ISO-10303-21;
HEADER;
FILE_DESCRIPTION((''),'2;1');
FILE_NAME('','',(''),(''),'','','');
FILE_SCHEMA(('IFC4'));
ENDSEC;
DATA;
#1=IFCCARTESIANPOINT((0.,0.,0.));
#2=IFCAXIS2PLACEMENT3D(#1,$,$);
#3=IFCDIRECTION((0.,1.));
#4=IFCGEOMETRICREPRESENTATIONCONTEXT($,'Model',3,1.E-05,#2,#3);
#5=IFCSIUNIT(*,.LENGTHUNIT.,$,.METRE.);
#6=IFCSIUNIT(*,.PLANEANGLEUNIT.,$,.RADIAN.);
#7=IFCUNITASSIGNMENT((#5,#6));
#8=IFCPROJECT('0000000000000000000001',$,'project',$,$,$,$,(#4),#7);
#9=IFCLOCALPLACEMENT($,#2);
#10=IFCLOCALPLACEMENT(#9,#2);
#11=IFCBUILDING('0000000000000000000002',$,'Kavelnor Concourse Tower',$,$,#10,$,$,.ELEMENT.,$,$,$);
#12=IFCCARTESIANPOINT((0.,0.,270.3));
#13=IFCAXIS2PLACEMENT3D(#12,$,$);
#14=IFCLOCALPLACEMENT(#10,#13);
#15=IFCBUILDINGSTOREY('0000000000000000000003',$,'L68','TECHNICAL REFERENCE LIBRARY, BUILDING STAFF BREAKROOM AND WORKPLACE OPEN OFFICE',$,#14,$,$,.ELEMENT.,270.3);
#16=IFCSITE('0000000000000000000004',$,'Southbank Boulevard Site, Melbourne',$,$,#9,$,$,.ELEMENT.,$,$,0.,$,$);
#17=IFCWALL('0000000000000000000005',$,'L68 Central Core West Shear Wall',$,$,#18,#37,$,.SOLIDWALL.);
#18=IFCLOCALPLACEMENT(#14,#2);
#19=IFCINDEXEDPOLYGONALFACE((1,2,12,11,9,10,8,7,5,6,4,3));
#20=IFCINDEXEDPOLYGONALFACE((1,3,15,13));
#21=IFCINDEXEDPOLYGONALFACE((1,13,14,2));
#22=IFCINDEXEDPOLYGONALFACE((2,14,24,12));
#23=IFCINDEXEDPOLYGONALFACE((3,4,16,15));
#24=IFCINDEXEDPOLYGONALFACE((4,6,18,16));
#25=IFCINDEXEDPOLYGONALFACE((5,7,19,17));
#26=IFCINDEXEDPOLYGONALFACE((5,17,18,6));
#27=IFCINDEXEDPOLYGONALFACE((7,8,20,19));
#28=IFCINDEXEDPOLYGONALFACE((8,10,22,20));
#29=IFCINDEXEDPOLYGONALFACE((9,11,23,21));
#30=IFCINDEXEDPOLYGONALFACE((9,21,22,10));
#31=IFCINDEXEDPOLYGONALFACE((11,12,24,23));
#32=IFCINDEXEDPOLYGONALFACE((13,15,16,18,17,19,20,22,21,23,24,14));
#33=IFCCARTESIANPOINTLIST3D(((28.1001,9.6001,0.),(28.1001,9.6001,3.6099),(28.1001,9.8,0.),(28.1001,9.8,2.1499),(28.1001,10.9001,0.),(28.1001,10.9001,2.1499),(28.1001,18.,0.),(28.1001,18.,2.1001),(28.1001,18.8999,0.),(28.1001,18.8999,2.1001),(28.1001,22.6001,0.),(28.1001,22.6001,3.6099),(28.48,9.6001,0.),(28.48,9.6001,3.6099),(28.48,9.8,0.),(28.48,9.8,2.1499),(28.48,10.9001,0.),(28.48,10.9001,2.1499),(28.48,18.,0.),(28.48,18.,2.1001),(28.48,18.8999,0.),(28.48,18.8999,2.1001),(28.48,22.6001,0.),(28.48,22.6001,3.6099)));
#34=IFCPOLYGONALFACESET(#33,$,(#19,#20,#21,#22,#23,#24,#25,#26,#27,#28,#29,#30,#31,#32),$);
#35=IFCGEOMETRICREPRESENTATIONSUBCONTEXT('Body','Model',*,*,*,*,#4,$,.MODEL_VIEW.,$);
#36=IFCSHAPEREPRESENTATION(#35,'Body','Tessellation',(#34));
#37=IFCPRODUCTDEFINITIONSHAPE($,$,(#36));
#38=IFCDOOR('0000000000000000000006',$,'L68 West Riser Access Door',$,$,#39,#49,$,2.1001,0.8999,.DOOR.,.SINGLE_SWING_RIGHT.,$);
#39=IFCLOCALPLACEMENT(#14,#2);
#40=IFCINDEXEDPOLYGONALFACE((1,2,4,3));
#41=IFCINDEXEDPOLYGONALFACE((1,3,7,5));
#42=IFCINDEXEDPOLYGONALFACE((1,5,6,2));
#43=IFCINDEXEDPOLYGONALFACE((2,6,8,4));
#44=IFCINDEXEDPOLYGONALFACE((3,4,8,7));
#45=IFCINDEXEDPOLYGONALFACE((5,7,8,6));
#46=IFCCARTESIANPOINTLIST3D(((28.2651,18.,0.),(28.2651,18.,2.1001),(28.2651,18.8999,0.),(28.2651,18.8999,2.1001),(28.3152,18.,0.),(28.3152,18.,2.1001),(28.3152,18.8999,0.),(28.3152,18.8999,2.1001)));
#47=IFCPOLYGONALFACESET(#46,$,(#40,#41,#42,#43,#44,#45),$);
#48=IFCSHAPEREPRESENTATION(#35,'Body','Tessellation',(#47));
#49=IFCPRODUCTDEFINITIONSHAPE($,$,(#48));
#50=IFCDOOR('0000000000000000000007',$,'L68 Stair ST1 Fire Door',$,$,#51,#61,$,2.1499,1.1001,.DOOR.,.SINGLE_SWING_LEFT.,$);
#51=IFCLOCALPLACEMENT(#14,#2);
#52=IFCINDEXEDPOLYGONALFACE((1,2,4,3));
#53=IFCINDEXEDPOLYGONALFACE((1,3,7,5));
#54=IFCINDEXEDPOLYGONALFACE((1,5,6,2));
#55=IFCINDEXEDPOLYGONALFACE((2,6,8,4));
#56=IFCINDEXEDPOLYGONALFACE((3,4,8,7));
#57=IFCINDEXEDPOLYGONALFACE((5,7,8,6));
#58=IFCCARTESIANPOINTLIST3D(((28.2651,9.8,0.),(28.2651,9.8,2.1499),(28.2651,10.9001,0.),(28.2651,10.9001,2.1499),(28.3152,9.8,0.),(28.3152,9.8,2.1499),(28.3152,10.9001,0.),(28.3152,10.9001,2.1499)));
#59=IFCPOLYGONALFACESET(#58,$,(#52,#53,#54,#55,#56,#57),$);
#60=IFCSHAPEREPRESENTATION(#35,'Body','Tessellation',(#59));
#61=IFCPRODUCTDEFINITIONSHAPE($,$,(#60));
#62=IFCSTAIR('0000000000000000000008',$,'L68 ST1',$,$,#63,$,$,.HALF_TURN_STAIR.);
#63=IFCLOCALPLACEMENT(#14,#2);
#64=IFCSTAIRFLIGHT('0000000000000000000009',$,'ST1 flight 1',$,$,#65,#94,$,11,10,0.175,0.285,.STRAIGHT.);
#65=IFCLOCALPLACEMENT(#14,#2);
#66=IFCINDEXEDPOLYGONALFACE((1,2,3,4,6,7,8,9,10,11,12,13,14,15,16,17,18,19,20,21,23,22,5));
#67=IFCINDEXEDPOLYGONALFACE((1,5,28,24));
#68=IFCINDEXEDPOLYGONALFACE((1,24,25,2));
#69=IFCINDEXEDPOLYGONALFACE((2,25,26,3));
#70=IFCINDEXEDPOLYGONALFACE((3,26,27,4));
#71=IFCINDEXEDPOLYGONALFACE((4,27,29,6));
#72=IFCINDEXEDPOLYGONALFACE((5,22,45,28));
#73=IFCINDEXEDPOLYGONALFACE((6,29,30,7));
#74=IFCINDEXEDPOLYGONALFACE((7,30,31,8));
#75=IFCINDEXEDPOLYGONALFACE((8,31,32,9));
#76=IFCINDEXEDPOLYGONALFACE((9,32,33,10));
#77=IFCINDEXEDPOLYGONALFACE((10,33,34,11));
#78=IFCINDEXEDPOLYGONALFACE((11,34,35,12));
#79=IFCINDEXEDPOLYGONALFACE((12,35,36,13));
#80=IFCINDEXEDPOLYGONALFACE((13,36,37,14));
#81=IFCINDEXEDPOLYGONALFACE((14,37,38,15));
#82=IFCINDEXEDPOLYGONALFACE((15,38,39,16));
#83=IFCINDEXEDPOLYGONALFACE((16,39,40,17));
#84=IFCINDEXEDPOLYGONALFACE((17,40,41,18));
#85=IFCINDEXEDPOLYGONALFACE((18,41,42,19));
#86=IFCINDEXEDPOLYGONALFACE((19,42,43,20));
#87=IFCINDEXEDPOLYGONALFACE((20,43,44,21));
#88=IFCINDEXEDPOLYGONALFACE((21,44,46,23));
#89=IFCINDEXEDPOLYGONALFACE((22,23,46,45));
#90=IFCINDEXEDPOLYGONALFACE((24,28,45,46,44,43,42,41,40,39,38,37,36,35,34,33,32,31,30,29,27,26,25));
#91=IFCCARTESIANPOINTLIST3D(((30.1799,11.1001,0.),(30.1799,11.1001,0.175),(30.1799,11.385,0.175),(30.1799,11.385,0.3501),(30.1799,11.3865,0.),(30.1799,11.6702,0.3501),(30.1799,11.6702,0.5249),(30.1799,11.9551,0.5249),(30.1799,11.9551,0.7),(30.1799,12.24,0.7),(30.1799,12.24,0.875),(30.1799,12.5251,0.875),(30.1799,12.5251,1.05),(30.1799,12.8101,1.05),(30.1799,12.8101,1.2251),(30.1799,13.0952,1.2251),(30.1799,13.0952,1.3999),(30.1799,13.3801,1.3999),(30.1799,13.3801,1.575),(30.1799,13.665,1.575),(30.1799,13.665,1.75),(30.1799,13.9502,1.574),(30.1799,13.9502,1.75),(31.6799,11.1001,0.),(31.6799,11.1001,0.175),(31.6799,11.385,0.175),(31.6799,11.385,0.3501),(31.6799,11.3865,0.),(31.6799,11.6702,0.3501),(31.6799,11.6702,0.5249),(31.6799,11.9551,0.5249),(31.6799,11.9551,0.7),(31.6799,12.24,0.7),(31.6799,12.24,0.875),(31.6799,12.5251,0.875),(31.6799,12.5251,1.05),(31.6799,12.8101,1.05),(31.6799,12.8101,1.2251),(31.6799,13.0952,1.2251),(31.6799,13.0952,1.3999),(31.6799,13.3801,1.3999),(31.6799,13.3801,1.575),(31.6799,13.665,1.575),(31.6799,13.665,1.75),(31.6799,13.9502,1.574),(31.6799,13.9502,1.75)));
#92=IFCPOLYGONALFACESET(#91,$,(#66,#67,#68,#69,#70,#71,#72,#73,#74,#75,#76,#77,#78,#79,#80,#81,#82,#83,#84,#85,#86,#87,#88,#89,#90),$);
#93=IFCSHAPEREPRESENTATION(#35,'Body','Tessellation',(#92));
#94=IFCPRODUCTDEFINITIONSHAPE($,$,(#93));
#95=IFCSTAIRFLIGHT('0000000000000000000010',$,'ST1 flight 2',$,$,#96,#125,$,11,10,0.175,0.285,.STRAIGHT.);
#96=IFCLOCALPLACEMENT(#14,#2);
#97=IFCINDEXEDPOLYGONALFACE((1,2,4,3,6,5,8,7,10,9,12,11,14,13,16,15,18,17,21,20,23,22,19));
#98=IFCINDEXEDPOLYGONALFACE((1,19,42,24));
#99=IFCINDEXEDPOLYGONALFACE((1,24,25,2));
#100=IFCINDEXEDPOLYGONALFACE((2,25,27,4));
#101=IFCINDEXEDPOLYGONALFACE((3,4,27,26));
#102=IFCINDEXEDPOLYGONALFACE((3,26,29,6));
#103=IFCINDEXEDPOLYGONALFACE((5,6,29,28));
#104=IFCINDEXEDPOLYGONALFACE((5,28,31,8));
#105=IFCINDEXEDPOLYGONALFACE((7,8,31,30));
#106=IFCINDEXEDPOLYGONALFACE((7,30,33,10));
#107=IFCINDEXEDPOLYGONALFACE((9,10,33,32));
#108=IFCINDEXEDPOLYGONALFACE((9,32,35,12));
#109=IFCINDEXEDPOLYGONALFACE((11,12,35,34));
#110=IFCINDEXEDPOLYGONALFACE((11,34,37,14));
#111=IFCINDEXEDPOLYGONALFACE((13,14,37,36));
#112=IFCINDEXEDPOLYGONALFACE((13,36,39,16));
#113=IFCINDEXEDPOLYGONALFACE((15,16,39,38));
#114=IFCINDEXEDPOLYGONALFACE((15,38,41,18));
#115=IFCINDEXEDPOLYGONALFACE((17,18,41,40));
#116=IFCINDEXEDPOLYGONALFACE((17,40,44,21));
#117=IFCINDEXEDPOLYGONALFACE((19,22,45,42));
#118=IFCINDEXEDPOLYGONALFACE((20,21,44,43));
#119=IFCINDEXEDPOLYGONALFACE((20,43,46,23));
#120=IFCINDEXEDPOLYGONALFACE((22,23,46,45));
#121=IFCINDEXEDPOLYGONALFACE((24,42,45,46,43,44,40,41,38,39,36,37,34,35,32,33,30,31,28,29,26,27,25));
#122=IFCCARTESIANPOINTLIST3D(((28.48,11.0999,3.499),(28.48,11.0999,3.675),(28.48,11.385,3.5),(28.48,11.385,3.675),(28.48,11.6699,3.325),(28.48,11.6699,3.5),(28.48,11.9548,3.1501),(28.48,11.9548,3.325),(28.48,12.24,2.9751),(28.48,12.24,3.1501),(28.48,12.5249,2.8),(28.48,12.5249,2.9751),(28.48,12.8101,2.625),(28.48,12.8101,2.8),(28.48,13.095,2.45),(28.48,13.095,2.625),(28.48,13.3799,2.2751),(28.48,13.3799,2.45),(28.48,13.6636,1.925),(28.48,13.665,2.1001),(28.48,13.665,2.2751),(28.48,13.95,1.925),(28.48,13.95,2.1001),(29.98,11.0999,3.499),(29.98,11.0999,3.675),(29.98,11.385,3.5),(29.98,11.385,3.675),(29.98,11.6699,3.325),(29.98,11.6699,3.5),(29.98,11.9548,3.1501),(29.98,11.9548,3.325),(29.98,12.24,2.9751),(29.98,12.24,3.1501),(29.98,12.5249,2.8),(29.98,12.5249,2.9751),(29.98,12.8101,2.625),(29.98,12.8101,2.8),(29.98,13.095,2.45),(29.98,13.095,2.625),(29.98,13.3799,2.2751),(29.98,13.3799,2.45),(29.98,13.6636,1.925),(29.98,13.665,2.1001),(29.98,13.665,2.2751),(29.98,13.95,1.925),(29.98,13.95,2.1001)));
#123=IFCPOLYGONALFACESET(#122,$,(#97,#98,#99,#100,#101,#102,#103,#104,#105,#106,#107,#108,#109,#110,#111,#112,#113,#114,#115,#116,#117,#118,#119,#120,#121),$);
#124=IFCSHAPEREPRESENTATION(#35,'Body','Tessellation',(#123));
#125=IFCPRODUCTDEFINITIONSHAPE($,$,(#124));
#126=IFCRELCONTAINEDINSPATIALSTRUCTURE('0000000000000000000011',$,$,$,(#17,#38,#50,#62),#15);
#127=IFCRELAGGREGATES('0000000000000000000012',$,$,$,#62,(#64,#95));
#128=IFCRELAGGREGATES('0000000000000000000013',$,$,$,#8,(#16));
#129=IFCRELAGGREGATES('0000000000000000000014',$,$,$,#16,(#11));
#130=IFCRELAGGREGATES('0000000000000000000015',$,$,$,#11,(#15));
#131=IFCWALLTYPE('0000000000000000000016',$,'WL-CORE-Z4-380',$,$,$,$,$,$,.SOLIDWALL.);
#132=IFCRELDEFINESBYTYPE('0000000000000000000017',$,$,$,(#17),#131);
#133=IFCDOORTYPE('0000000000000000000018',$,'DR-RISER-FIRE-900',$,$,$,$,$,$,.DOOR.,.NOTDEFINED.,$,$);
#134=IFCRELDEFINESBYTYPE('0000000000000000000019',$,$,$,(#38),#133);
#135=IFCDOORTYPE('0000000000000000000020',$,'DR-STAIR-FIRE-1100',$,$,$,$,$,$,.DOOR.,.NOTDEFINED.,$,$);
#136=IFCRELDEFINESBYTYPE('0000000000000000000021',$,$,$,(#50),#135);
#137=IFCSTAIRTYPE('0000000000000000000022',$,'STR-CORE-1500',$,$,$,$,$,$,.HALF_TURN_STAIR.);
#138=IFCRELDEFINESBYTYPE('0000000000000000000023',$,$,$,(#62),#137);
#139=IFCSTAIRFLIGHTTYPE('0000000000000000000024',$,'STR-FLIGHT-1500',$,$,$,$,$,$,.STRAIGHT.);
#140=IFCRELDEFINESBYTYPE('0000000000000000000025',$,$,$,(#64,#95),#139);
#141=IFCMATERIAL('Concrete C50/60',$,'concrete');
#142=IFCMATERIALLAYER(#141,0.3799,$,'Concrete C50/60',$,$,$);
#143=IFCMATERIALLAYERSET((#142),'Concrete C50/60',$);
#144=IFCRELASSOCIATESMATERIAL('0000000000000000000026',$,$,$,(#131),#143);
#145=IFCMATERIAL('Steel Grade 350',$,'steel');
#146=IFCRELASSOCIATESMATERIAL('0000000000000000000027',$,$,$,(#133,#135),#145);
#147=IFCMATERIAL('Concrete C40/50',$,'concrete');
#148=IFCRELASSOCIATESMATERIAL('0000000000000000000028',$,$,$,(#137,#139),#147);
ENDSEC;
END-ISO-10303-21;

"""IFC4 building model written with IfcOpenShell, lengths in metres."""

from ifc_helpers import new_model, si_unit, direction, frame, frame_2d, origin, place, context, subcontext, project, spatial, polyline, rectangle, outline, extrude, material, layer, layer_set, type_object, element, fill, aggregate, save


model = new_model("IFC4")

# Units and contexts
model_context = context("Model", 3, precision=1e-05, world=origin(), true_north=direction((0.0, 1.0)))
body_context = subcontext(model_context, "Body", "Model", "MODEL_VIEW")
ifc_project = project(units=[si_unit("LENGTHUNIT", "METRE"), si_unit("PLANEANGLEUNIT", "RADIAN")], contexts=[model_context])

# Site, building, storey
site_placement = place(None, origin())
site = spatial("IfcSite", under=ifc_project, at=site_placement, Name="Southbank Boulevard Site, Melbourne", CompositionType="ELEMENT", RefElevation=0.0)
building_placement = place(site_placement, origin())
building = spatial("IfcBuilding", under=site, at=building_placement, Name="Kavelnor Concourse Tower", CompositionType="ELEMENT")
storey_placement = place(building_placement, frame((0.0, 0.0, 270.3)))
storey = spatial("IfcBuildingStorey", under=building, at=storey_placement, Name="L68", Description="TECHNICAL REFERENCE LIBRARY, BUILDING STAFF BREAKROOM AND WORKPLACE OPEN OFFICE", CompositionType="ELEMENT", Elevation=270.3)

# Shared definitions
ifc_material_1 = material(Name="Steel Grade 350", Category="steel")

# Shared definitions
ifc_material_2 = material(Name="Concrete C50/60", Category="concrete")
ifc_layer = layer(ifc_material_2, 0.3799, Name="Concrete C50/60")
ifc_layer_set = layer_set([ifc_layer], Name="Concrete C50/60")
wall_type = type_object("IfcWallType", Name="WL-CORE-Z4-380", PredefinedType="SOLIDWALL", material=ifc_layer_set)

# Wall, openings, doors
wall_1_placement = place(storey_placement, frame((28.29, 9.6001, 0.0), z_axis=(0.0, 0.0, 1.0), x_axis=(0.0, 1.0, 0.0)))
wall_1 = element("IfcWall", 1, at=wall_1_placement, inside=storey, type_object=wall_type, Name="L68 Central Core West Shear Wall", PredefinedType="SOLIDWALL", context=body_context, shape_type="SweptSolid", body=[
    extrude(rectangle(XDim=13.0, YDim=0.3799, at=frame_2d((6.5, 0.0))), origin(), (0.0, 0.0, 1.0), 3.6099),
])
opening_1_placement = place(wall_1_placement, frame((0.2, 0.0, 0.0)))
opening_1 = element("IfcOpeningElement", 2, at=opening_1_placement, cuts=wall_1, PredefinedType="OPENING", context=body_context, shape_type="SweptSolid", body=[
    extrude(rectangle(XDim=1.1001, YDim=2.1499, at=frame_2d((0.55, 1.075))), frame((0.0, 0.2, 0.0), z_axis=(0.0, -1.0, 0.0), x_axis=(1.0, 0.0, 0.0)), (0.0, 0.0, 1.0), 0.3999),
])
opening_2_placement = place(wall_1_placement, frame((8.3999, 0.0, 0.0)))
opening_2 = element("IfcOpeningElement", 3, at=opening_2_placement, cuts=wall_1, PredefinedType="OPENING", context=body_context, shape_type="SweptSolid", body=[
    extrude(rectangle(XDim=0.8999, YDim=2.1001, at=frame_2d((0.45, 1.05))), frame((0.0, 0.2, 0.0), z_axis=(0.0, -1.0, 0.0), x_axis=(1.0, 0.0, 0.0)), (0.0, 0.0, 1.0), 0.3999),
])
door_type_1 = type_object("IfcDoorType", Name="DR-RISER-FIRE-900", OperationType="NOTDEFINED", PredefinedType="DOOR", material=ifc_material_1)
door_1_placement = place(opening_2_placement, origin())
door_1 = element("IfcDoor", 4, at=door_1_placement, inside=storey, type_object=door_type_1, Name="L68 West Riser Access Door", OperationType="SINGLE_SWING_RIGHT", OverallHeight=2.1001, OverallWidth=0.8999, PredefinedType="DOOR", context=body_context, shape_type="SweptSolid", body=[
    extrude(rectangle(XDim=0.8999, YDim=2.1001, at=frame_2d((0.45, 1.05))), frame((0.0, 0.0249, 0.0), z_axis=(0.0, -1.0, 0.0), x_axis=(1.0, 0.0, 0.0)), (0.0, 0.0, 1.0), 0.05),
])
fill(opening_2, door_1)
door_type_2 = type_object("IfcDoorType", Name="DR-STAIR-FIRE-1100", OperationType="NOTDEFINED", PredefinedType="DOOR", material=ifc_material_1)
door_2_placement = place(opening_1_placement, origin())
door_2 = element("IfcDoor", 5, at=door_2_placement, inside=storey, type_object=door_type_2, Name="L68 Stair ST1 Fire Door", OperationType="SINGLE_SWING_LEFT", OverallHeight=2.1499, OverallWidth=1.1001, PredefinedType="DOOR", context=body_context, shape_type="SweptSolid", body=[
    extrude(rectangle(XDim=1.1001, YDim=2.1499, at=frame_2d((0.55, 1.075))), frame((0.0, 0.0249, 0.0), z_axis=(0.0, -1.0, 0.0), x_axis=(1.0, 0.0, 0.0)), (0.0, 0.0, 1.0), 0.05),
])
fill(opening_1, door_2)

# Stair, stair flights
ifc_material_3 = material(Name="Concrete C40/50", Category="concrete")
stair_type = type_object("IfcStairType", Name="STR-CORE-1500", PredefinedType="HALF_TURN_STAIR", material=ifc_material_3)
stair_placement = place(storey_placement, origin())
stair = element("IfcStair", 6, at=stair_placement, inside=storey, type_object=stair_type, Name="L68 ST1", PredefinedType="HALF_TURN_STAIR")
stair_flight_type = type_object("IfcStairFlightType", Name="STR-FLIGHT-1500", PredefinedType="STRAIGHT", material=ifc_material_3)
stair_flight_1_placement = place(storey_placement, frame((30.9299, 11.1001, 0.0), z_axis=(0.0, 0.0, 1.0), x_axis=(0.0, 1.0, 0.0)))
stair_flight_1 = element("IfcStairFlight", 7, at=stair_flight_1_placement, type_object=stair_flight_type, Name="ST1 flight 1", NumberOfRisers=11, NumberOfTreads=10, PredefinedType="STRAIGHT", RiserHeight=0.175, TreadLength=0.285, context=body_context, shape_type="SweptSolid", body=[
    extrude(outline(polyline([(0.0, 0.0), (0.0, 0.175), (0.2849, 0.175), (0.2849, 0.3501), (0.5701, 0.3501), (0.5701, 0.5249), (0.855, 0.5249), (0.855, 0.7), (1.1399, 0.7), (1.1399, 0.875), (1.425, 0.875), (1.425, 1.05), (1.71, 1.05), (1.71, 1.2251), (1.9951, 1.2251), (1.9951, 1.3999), (2.28, 1.3999), (2.28, 1.575), (2.5649, 1.575), (2.5649, 1.75), (2.8501, 1.75), (2.8501, 1.925), (2.8501, 1.574), (0.2864, 0.0), (0.0, 0.0)])), frame((0.0, 0.75, 0.0), z_axis=(0.0, -1.0, 0.0), x_axis=(1.0, 0.0, 0.0)), (0.0, 0.0, 1.0), 1.5),
])
stair_flight_2_placement = place(storey_placement, frame((29.23, 13.95, 1.925), z_axis=(0.0, 0.0, 1.0), x_axis=(0.0, -1.0, 0.0)))
stair_flight_2 = element("IfcStairFlight", 8, at=stair_flight_2_placement, type_object=stair_flight_type, Name="ST1 flight 2", NumberOfRisers=11, NumberOfTreads=10, PredefinedType="STRAIGHT", RiserHeight=0.175, TreadLength=0.285, context=body_context, shape_type="SweptSolid", body=[
    extrude(outline(polyline([(0.0, 0.0), (0.0, 0.175), (0.2849, 0.175), (0.2849, 0.3501), (0.5701, 0.3501), (0.5701, 0.5249), (0.855, 0.5249), (0.855, 0.7), (1.1399, 0.7), (1.1399, 0.875), (1.425, 0.875), (1.425, 1.05), (1.71, 1.05), (1.71, 1.2251), (1.9951, 1.2251), (1.9951, 1.3999), (2.28, 1.3999), (2.28, 1.575), (2.5649, 1.575), (2.5649, 1.75), (2.8501, 1.75), (2.8501, 1.925), (2.8501, 1.574), (0.2864, 0.0), (0.0, 0.0)])), frame((0.0, 0.75, 0.0), z_axis=(0.0, -1.0, 0.0), x_axis=(1.0, 0.0, 0.0)), (0.0, 0.0, 1.0), 1.5),
])
aggregate(stair, [stair_flight_1, stair_flight_2])

save(model, "model.ifc")
